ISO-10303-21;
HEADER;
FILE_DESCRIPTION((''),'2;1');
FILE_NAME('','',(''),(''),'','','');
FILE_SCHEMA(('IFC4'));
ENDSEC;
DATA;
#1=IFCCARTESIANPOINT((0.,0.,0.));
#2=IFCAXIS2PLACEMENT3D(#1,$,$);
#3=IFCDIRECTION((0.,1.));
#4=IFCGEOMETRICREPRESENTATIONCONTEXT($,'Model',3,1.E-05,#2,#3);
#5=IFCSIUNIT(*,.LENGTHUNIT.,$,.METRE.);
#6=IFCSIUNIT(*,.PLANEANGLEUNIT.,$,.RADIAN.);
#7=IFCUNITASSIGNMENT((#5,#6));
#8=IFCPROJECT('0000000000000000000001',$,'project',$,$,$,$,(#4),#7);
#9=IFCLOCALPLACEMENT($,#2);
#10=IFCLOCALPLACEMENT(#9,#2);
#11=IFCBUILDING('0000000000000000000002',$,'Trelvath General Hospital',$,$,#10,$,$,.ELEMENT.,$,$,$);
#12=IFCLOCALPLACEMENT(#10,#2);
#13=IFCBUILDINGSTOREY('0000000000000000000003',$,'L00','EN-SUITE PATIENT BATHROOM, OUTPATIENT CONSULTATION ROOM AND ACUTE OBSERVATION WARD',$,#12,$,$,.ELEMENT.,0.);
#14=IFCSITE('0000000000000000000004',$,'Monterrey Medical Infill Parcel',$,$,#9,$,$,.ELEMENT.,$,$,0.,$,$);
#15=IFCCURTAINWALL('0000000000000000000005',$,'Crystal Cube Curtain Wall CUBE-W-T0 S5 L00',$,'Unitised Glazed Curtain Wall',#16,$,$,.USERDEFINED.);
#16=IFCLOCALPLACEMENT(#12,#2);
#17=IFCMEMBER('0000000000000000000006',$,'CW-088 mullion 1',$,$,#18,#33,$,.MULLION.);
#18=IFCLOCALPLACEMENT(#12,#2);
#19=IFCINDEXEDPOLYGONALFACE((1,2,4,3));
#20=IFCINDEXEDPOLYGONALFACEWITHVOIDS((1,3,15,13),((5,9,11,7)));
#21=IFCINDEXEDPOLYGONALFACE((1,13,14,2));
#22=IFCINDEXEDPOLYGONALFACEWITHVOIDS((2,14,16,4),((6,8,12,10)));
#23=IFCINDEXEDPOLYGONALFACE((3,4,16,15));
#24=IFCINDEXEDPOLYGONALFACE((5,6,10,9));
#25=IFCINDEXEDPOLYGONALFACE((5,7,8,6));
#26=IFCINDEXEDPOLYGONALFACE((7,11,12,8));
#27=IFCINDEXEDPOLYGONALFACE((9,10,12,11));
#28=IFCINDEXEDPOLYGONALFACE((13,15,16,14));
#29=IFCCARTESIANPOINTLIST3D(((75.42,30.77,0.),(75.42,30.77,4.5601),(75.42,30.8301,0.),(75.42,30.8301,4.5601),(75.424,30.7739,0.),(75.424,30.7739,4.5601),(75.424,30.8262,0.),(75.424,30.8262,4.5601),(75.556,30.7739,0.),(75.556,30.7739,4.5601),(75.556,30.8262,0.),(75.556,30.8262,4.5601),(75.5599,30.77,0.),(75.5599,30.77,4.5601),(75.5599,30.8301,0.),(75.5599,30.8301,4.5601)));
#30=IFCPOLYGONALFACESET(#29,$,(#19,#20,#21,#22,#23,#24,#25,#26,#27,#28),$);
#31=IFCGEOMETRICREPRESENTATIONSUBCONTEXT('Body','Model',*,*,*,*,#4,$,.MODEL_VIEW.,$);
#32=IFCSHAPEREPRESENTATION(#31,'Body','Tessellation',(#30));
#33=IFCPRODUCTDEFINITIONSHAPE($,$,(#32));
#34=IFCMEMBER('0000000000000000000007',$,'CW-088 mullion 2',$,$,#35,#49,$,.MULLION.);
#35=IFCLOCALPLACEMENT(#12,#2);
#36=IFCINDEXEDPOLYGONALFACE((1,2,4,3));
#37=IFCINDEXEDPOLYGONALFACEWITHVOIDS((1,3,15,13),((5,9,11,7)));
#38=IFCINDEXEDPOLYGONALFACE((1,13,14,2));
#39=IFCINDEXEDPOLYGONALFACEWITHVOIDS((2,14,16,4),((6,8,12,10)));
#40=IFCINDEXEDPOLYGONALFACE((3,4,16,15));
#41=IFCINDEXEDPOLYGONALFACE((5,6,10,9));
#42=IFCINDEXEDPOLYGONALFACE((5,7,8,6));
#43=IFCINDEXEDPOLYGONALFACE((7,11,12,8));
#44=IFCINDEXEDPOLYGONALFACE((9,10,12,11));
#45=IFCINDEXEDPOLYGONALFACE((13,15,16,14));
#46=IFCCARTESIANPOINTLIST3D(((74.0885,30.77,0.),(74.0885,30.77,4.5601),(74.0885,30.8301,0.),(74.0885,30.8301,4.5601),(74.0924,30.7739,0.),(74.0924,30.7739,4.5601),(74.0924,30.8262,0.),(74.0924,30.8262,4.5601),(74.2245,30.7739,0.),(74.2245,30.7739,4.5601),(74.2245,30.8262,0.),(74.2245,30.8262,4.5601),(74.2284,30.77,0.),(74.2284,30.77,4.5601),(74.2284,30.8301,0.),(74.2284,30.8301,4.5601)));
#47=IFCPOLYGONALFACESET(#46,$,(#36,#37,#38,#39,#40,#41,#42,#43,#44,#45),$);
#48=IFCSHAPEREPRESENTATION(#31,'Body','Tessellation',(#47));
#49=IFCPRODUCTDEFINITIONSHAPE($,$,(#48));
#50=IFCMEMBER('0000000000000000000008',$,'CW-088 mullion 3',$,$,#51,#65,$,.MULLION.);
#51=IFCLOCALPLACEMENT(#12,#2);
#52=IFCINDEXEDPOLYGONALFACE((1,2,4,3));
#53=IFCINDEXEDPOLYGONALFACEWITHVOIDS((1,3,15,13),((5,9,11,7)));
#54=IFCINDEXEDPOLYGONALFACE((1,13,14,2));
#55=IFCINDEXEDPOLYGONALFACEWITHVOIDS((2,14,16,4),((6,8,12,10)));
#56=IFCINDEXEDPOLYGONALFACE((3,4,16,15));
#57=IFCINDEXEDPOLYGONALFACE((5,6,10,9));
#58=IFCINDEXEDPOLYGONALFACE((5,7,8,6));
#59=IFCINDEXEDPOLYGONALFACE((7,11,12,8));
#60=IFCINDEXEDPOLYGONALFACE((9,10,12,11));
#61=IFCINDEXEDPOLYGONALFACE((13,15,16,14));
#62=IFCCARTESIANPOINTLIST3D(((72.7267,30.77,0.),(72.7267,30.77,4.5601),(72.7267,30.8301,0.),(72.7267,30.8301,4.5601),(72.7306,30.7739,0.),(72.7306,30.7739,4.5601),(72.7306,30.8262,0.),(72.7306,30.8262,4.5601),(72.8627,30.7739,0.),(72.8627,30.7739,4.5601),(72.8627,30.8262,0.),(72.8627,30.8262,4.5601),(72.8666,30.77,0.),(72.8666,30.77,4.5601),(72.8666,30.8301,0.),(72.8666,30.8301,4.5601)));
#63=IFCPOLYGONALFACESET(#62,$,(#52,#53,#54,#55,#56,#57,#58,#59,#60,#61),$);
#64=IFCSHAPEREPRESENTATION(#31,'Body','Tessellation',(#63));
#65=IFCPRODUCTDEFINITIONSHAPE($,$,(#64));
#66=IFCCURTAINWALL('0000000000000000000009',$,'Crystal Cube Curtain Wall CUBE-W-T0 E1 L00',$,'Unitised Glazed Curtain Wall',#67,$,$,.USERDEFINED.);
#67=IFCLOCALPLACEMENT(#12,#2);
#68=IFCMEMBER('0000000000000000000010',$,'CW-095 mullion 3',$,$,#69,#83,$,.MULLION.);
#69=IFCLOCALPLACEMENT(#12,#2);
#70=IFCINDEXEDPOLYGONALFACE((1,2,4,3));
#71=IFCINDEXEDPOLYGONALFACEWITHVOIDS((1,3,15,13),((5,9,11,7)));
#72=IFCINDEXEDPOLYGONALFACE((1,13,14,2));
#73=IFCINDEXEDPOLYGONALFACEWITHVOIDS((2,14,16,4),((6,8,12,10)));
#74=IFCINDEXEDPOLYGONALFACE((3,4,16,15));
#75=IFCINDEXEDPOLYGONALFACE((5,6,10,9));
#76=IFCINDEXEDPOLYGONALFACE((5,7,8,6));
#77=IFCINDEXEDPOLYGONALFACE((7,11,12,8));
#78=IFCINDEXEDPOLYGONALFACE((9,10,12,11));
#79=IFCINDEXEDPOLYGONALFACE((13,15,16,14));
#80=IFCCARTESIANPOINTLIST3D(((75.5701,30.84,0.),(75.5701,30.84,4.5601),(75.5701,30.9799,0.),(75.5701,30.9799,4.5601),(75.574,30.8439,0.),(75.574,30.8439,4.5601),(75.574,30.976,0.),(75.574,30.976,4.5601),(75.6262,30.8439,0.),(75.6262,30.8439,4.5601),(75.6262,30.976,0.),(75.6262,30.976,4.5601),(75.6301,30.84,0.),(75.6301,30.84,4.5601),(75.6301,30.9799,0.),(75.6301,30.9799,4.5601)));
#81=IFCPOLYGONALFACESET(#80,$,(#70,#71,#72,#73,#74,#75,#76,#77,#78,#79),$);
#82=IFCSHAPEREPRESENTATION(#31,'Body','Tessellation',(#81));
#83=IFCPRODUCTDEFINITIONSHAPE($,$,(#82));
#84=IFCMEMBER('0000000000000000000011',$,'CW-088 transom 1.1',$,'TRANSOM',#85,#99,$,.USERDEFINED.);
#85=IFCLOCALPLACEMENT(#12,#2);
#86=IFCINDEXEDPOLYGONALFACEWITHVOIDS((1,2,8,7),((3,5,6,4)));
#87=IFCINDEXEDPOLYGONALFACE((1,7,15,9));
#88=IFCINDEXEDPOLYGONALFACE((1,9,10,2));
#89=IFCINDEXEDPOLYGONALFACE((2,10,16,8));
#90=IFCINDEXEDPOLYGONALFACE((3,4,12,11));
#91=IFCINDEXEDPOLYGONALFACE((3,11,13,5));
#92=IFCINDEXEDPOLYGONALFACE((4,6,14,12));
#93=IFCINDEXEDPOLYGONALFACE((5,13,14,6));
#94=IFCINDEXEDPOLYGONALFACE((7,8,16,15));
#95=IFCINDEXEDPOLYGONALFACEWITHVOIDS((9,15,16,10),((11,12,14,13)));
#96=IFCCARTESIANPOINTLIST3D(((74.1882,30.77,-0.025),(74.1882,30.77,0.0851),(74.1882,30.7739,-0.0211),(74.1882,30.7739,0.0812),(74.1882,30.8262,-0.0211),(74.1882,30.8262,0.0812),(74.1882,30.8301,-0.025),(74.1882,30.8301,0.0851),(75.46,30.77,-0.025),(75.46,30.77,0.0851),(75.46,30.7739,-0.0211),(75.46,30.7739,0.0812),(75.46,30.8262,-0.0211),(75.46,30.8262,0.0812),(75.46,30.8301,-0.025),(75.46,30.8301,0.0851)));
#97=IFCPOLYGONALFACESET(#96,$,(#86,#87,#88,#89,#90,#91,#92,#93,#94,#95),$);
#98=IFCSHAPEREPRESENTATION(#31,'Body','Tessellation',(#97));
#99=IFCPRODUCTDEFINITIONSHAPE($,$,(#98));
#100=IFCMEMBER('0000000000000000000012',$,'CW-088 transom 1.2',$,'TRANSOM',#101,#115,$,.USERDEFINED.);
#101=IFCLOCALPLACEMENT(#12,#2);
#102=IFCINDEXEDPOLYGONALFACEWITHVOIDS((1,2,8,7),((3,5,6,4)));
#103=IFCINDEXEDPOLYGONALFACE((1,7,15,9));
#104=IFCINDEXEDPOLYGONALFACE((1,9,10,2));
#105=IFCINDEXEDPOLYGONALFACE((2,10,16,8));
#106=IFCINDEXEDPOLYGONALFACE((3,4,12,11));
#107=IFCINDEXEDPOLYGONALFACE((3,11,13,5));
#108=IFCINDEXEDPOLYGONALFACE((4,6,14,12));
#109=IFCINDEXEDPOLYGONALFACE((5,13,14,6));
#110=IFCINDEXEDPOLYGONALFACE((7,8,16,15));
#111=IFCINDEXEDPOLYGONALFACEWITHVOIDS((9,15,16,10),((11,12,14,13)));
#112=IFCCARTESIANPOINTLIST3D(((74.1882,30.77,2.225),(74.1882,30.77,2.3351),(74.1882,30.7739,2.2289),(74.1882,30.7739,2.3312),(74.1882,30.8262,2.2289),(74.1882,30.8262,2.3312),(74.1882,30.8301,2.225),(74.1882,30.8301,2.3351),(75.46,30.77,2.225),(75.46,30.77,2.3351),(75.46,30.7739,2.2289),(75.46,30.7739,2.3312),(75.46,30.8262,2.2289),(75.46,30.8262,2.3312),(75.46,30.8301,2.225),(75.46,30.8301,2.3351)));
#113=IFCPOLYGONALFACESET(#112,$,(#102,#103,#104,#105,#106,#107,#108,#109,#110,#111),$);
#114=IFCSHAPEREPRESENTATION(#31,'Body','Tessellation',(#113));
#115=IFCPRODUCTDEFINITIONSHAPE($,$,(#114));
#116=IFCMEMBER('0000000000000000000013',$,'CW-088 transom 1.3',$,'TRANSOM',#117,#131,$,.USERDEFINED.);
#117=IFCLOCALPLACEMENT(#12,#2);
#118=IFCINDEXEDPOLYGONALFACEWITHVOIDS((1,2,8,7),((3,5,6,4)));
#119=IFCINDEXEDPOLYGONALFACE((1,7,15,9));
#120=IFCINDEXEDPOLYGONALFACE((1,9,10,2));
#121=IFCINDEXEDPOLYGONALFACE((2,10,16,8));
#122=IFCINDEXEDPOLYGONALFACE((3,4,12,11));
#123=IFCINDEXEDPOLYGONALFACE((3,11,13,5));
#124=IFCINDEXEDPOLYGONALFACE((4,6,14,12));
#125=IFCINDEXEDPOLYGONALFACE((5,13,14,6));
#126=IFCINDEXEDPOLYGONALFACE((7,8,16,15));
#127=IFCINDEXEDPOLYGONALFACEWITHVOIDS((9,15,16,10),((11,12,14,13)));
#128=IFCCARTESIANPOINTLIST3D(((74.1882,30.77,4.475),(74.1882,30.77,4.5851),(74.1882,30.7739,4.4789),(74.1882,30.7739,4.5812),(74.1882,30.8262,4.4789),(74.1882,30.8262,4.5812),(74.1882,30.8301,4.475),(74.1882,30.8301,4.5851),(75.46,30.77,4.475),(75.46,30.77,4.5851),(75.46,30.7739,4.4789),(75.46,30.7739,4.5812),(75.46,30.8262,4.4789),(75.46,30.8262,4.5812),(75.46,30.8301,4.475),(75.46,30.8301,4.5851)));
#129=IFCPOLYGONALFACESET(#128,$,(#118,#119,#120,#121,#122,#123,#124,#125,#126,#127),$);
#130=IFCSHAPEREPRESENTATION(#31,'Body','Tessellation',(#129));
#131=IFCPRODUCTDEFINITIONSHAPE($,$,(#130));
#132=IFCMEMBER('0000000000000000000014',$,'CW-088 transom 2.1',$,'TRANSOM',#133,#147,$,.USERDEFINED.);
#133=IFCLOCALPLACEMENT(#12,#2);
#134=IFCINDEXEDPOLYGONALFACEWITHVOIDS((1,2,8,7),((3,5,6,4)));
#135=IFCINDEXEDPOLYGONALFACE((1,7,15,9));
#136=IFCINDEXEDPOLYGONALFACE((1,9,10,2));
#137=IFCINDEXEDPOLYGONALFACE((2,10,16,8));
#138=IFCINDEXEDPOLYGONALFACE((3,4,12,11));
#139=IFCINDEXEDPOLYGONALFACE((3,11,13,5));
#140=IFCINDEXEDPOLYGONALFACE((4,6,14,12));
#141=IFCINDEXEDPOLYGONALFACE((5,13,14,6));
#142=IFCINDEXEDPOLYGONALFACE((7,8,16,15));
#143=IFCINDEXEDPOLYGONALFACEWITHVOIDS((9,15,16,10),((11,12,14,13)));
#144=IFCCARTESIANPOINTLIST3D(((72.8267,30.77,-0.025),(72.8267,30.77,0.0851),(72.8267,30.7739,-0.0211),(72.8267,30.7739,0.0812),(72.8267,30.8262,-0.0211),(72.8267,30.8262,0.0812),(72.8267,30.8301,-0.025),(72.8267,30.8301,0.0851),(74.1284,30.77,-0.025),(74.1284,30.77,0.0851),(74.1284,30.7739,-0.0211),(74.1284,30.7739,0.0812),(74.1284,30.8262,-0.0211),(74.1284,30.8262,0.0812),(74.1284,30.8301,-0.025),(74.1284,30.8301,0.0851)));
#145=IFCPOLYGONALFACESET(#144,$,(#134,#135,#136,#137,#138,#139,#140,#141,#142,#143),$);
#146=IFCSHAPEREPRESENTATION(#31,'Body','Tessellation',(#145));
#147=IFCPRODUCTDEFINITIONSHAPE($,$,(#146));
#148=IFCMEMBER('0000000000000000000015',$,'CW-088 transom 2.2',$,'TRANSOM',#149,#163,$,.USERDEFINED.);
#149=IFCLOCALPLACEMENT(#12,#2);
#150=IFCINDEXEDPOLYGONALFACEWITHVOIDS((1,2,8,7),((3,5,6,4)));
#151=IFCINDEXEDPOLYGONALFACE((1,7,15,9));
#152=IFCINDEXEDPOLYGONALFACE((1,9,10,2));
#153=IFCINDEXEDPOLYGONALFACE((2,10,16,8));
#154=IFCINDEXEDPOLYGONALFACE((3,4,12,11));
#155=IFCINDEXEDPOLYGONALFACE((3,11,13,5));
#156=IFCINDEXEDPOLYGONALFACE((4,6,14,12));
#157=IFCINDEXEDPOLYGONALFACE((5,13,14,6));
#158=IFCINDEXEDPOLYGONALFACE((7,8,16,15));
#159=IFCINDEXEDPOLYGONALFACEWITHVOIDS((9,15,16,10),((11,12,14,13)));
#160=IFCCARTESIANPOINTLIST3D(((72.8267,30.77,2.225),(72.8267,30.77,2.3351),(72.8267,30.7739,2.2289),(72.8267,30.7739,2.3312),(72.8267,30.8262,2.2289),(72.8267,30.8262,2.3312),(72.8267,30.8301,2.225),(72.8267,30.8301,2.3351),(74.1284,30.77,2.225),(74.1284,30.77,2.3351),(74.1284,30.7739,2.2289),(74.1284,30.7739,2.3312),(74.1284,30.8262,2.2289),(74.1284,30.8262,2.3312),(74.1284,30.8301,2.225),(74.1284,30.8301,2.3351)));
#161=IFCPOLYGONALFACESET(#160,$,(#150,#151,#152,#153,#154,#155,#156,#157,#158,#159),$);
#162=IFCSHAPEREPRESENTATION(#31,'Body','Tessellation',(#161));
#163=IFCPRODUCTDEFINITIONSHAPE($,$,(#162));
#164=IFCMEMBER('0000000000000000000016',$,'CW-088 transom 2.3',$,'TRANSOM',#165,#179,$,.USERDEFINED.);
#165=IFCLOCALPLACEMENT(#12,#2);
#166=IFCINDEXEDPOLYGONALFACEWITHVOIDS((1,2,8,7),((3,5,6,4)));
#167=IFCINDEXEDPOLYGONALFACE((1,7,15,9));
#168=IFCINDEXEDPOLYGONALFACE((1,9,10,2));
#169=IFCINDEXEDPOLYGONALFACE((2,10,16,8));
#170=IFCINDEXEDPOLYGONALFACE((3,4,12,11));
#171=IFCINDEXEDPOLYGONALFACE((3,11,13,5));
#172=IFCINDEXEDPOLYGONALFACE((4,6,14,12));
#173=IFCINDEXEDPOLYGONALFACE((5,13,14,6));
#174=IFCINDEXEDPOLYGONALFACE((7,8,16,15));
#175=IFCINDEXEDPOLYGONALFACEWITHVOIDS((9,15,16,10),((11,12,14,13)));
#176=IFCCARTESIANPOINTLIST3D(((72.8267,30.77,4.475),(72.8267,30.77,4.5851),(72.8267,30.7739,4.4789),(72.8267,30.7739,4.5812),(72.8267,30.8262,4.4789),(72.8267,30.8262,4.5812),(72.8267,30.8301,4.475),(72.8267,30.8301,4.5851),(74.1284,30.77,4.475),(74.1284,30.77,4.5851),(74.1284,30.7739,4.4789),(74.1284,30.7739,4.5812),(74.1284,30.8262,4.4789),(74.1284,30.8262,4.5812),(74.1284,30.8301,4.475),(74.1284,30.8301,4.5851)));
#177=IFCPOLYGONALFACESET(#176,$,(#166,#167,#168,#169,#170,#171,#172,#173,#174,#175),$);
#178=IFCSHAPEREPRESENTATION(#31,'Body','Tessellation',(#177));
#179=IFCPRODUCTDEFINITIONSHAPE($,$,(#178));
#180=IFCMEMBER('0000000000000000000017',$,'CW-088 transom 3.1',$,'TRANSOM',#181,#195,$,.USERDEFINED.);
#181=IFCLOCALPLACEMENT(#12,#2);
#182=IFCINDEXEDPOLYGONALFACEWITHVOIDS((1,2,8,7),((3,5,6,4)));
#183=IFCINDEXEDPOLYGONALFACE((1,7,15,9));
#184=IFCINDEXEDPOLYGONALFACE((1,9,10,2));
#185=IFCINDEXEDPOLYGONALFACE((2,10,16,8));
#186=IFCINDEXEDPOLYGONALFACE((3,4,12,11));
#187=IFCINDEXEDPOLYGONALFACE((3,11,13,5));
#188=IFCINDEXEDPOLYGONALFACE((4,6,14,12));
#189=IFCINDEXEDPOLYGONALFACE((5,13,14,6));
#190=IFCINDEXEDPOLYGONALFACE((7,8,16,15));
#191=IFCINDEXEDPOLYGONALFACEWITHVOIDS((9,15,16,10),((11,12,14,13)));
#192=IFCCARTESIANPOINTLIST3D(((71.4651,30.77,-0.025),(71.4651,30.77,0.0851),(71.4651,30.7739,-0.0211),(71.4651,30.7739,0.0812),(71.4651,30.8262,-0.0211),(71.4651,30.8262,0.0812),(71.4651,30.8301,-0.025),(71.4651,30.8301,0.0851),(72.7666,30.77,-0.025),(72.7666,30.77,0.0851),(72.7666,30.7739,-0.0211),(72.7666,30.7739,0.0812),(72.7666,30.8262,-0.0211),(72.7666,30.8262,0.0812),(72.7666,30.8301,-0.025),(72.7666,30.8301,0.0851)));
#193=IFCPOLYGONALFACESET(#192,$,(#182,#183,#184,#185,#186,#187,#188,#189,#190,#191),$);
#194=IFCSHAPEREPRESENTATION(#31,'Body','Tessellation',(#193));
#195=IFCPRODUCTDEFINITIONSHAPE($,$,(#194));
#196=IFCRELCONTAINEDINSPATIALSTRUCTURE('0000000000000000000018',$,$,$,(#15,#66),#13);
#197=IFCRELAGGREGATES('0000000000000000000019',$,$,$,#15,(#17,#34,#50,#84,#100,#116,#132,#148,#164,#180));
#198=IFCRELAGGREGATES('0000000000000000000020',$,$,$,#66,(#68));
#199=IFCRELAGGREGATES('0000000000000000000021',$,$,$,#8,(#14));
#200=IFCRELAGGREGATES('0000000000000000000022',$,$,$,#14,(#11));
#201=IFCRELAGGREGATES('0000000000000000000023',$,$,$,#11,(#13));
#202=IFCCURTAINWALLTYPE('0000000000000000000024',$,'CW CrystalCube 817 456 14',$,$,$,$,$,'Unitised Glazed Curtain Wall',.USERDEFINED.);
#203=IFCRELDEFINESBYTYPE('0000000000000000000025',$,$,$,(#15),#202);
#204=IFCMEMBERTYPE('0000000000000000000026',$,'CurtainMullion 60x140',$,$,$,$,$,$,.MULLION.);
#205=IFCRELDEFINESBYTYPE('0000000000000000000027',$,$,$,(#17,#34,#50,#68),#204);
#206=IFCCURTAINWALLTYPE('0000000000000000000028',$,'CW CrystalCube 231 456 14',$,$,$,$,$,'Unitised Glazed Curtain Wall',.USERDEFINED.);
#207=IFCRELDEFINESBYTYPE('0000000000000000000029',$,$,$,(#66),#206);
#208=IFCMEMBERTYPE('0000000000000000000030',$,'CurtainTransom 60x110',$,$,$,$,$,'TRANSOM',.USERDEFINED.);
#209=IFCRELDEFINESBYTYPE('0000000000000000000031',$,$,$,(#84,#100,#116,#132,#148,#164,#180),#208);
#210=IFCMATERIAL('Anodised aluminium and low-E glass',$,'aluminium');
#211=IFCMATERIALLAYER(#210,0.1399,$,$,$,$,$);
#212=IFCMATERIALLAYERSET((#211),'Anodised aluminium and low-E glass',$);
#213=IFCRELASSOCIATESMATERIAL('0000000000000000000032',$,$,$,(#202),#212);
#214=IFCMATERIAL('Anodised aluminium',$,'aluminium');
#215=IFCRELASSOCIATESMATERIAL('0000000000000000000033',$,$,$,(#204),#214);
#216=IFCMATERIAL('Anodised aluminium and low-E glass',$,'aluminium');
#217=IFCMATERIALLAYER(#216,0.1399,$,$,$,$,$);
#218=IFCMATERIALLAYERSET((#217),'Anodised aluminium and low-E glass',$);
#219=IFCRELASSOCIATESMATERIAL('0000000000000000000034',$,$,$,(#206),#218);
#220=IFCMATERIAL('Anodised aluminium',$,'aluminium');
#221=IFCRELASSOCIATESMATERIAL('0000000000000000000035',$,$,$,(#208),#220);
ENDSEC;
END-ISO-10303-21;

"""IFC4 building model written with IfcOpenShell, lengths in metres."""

from ifc_helpers import new_model, si_unit, direction, frame, origin, origin_2d, place, context, subcontext, project, spatial, hollow_rectangle, extrude, material, layer, layer_set, material_profile, profile_set, type_object, element, aggregate, save


model = new_model("IFC4")

# Units and contexts
model_context = context("Model", 3, precision=1e-05, world=origin(), true_north=direction((0.0, 1.0)))
body_context = subcontext(model_context, "Body", "Model", "MODEL_VIEW")
ifc_project = project(units=[si_unit("LENGTHUNIT", "METRE"), si_unit("PLANEANGLEUNIT", "RADIAN")], contexts=[model_context])

# Site, building, storey
site_placement = place(None, origin())
site = spatial("IfcSite", under=ifc_project, at=site_placement, Name="Monterrey Medical Infill Parcel", CompositionType="ELEMENT", RefElevation=0.0)
building_placement = place(site_placement, origin())
building = spatial("IfcBuilding", under=site, at=building_placement, Name="Trelvath General Hospital", CompositionType="ELEMENT")
storey_placement = place(building_placement, origin())
storey = spatial("IfcBuildingStorey", under=building, at=storey_placement, Name="L00", Description="EN-SUITE PATIENT BATHROOM, OUTPATIENT CONSULTATION ROOM AND ACUTE OBSERVATION WARD", CompositionType="ELEMENT", Elevation=0.0)

# Curtain wall, members
ifc_material_1 = material(Name="Anodised aluminium and low-E glass", Category="aluminium")
ifc_layer_1 = layer(ifc_material_1, 0.1399)
ifc_layer_set_1 = layer_set([ifc_layer_1], Name="Anodised aluminium and low-E glass")
curtain_wall_type_1 = type_object("IfcCurtainWallType", Name="CW CrystalCube 817 456 14", ElementType="Unitised Glazed Curtain Wall", PredefinedType="USERDEFINED", material=ifc_layer_set_1)
curtain_wall_1_placement = place(storey_placement, origin())
curtain_wall_1 = element("IfcCurtainWall", 1, at=curtain_wall_1_placement, inside=storey, type_object=curtain_wall_type_1, Name="Crystal Cube Curtain Wall CUBE-W-T0 S5 L00", ObjectType="Unitised Glazed Curtain Wall", PredefinedType="USERDEFINED")
ifc_material_2 = material(Name="Anodised aluminium", Category="aluminium")
ifc_material_profile_1 = material_profile(ifc_material_2, hollow_rectangle(XDim=0.0601, YDim=0.1399, WallThickness=0.0039, at=origin_2d()), Name="RHS60x140x4")
ifc_profile_set_1 = profile_set([ifc_material_profile_1], Name="Anodised aluminium")
member_type_1 = type_object("IfcMemberType", Name="CurtainMullion 60x140", PredefinedType="MULLION", material=ifc_profile_set_1)
member_1_placement = place(storey_placement, frame((75.49, 30.8, 0.0), z_axis=(0.0, 0.0, 1.0), x_axis=(0.0, -1.0, 0.0)))
member_1 = element("IfcMember", 2, at=member_1_placement, type_object=member_type_1, Name="CW-088 mullion 1", PredefinedType="MULLION", context=body_context, shape_type="SweptSolid", body=[
    extrude(hollow_rectangle(XDim=0.0601, YDim=0.1399, WallThickness=0.0039, at=origin_2d()), origin(), (0.0, 0.0, 1.0), 4.5601),
])
member_2_placement = place(storey_placement, frame((74.1584, 30.8, 0.0), z_axis=(0.0, 0.0, 1.0), x_axis=(0.0, -1.0, 0.0)))
member_2 = element("IfcMember", 3, at=member_2_placement, type_object=member_type_1, Name="CW-088 mullion 2", PredefinedType="MULLION", context=body_context, shape_type="SweptSolid", body=[
    extrude(hollow_rectangle(XDim=0.0601, YDim=0.1399, WallThickness=0.0039, at=origin_2d()), origin(), (0.0, 0.0, 1.0), 4.5601),
])
member_3_placement = place(storey_placement, frame((72.7966, 30.8, 0.0), z_axis=(0.0, 0.0, 1.0), x_axis=(0.0, -1.0, 0.0)))
member_3 = element("IfcMember", 4, at=member_3_placement, type_object=member_type_1, Name="CW-088 mullion 3", PredefinedType="MULLION", context=body_context, shape_type="SweptSolid", body=[
    extrude(hollow_rectangle(XDim=0.0601, YDim=0.1399, WallThickness=0.0039, at=origin_2d()), origin(), (0.0, 0.0, 1.0), 4.5601),
])

# Curtain wall, member
ifc_material_3 = material(Name="Anodised aluminium and low-E glass", Category="aluminium")
ifc_layer_2 = layer(ifc_material_3, 0.1399)
ifc_layer_set_2 = layer_set([ifc_layer_2], Name="Anodised aluminium and low-E glass")
curtain_wall_type_2 = type_object("IfcCurtainWallType", Name="CW CrystalCube 231 456 14", ElementType="Unitised Glazed Curtain Wall", PredefinedType="USERDEFINED", material=ifc_layer_set_2)
curtain_wall_2_placement = place(storey_placement, origin())
curtain_wall_2 = element("IfcCurtainWall", 5, at=curtain_wall_2_placement, inside=storey, type_object=curtain_wall_type_2, Name="Crystal Cube Curtain Wall CUBE-W-T0 E1 L00", ObjectType="Unitised Glazed Curtain Wall", PredefinedType="USERDEFINED")
member_4_placement = place(storey_placement, frame((75.6001, 30.9099, 0.0), z_axis=(0.0, 0.0, 1.0), x_axis=(1.0, 0.0, 0.0)))
member_4 = element("IfcMember", 6, at=member_4_placement, type_object=member_type_1, Name="CW-095 mullion 3", PredefinedType="MULLION", context=body_context, shape_type="SweptSolid", body=[
    extrude(hollow_rectangle(XDim=0.0601, YDim=0.1399, WallThickness=0.0039, at=origin_2d()), origin(), (0.0, 0.0, 1.0), 4.5601),
])

# Members
ifc_material_4 = material(Name="Anodised aluminium", Category="aluminium")
ifc_material_profile_2 = material_profile(ifc_material_4, hollow_rectangle(XDim=0.0601, YDim=0.1101, WallThickness=0.0039, at=origin_2d()), Name="RHS60x110x4")
ifc_profile_set_2 = profile_set([ifc_material_profile_2], Name="Anodised aluminium")
member_type_2 = type_object("IfcMemberType", Name="CurtainTransom 60x110", ElementType="TRANSOM", PredefinedType="USERDEFINED", material=ifc_profile_set_2)
member_5_placement = place(storey_placement, frame((75.46, 30.8, 0.03), z_axis=(-1.0, 0.0, 0.0), x_axis=(0.0, -1.0, 0.0)))
member_5 = element("IfcMember", 7, at=member_5_placement, type_object=member_type_2, Name="CW-088 transom 1.1", ObjectType="TRANSOM", PredefinedType="USERDEFINED", context=body_context, shape_type="SweptSolid", body=[
    extrude(hollow_rectangle(XDim=0.0601, YDim=0.1101, WallThickness=0.0039, at=origin_2d()), origin(), (0.0, 0.0, 1.0), 1.2717),
])
member_6_placement = place(storey_placement, frame((75.46, 30.8, 2.28), z_axis=(-1.0, 0.0, 0.0), x_axis=(0.0, -1.0, 0.0)))
member_6 = element("IfcMember", 8, at=member_6_placement, type_object=member_type_2, Name="CW-088 transom 1.2", ObjectType="TRANSOM", PredefinedType="USERDEFINED", context=body_context, shape_type="SweptSolid", body=[
    extrude(hollow_rectangle(XDim=0.0601, YDim=0.1101, WallThickness=0.0039, at=origin_2d()), origin(), (0.0, 0.0, 1.0), 1.2717),
])
member_7_placement = place(storey_placement, frame((75.46, 30.8, 4.53), z_axis=(-1.0, 0.0, 0.0), x_axis=(0.0, -1.0, 0.0)))
member_7 = element("IfcMember", 9, at=member_7_placement, type_object=member_type_2, Name="CW-088 transom 1.3", ObjectType="TRANSOM", PredefinedType="USERDEFINED", context=body_context, shape_type="SweptSolid", body=[
    extrude(hollow_rectangle(XDim=0.0601, YDim=0.1101, WallThickness=0.0039, at=origin_2d()), origin(), (0.0, 0.0, 1.0), 1.2717),
])
member_8_placement = place(storey_placement, frame((74.1284, 30.8, 0.03), z_axis=(-1.0, 0.0, 0.0), x_axis=(0.0, -1.0, 0.0)))
member_8 = element("IfcMember", 10, at=member_8_placement, type_object=member_type_2, Name="CW-088 transom 2.1", ObjectType="TRANSOM", PredefinedType="USERDEFINED", context=body_context, shape_type="SweptSolid", body=[
    extrude(hollow_rectangle(XDim=0.0601, YDim=0.1101, WallThickness=0.0039, at=origin_2d()), origin(), (0.0, 0.0, 1.0), 1.3018),
])
member_9_placement = place(storey_placement, frame((74.1284, 30.8, 2.28), z_axis=(-1.0, 0.0, 0.0), x_axis=(0.0, -1.0, 0.0)))
member_9 = element("IfcMember", 11, at=member_9_placement, type_object=member_type_2, Name="CW-088 transom 2.2", ObjectType="TRANSOM", PredefinedType="USERDEFINED", context=body_context, shape_type="SweptSolid", body=[
    extrude(hollow_rectangle(XDim=0.0601, YDim=0.1101, WallThickness=0.0039, at=origin_2d()), origin(), (0.0, 0.0, 1.0), 1.3018),
])
member_10_placement = place(storey_placement, frame((74.1284, 30.8, 4.53), z_axis=(-1.0, 0.0, 0.0), x_axis=(0.0, -1.0, 0.0)))
member_10 = element("IfcMember", 12, at=member_10_placement, type_object=member_type_2, Name="CW-088 transom 2.3", ObjectType="TRANSOM", PredefinedType="USERDEFINED", context=body_context, shape_type="SweptSolid", body=[
    extrude(hollow_rectangle(XDim=0.0601, YDim=0.1101, WallThickness=0.0039, at=origin_2d()), origin(), (0.0, 0.0, 1.0), 1.3018),
])
member_11_placement = place(storey_placement, frame((72.7666, 30.8, 0.03), z_axis=(-1.0, 0.0, 0.0), x_axis=(0.0, -1.0, 0.0)))
member_11 = element("IfcMember", 13, at=member_11_placement, type_object=member_type_2, Name="CW-088 transom 3.1", ObjectType="TRANSOM", PredefinedType="USERDEFINED", context=body_context, shape_type="SweptSolid", body=[
    extrude(hollow_rectangle(XDim=0.0601, YDim=0.1101, WallThickness=0.0039, at=origin_2d()), origin(), (0.0, 0.0, 1.0), 1.3015),
])

aggregate(curtain_wall_1, [member_1, member_2, member_3, member_5, member_6, member_7, member_8, member_9, member_10, member_11])
aggregate(curtain_wall_2, [member_4])

save(model, "model.ifc")
